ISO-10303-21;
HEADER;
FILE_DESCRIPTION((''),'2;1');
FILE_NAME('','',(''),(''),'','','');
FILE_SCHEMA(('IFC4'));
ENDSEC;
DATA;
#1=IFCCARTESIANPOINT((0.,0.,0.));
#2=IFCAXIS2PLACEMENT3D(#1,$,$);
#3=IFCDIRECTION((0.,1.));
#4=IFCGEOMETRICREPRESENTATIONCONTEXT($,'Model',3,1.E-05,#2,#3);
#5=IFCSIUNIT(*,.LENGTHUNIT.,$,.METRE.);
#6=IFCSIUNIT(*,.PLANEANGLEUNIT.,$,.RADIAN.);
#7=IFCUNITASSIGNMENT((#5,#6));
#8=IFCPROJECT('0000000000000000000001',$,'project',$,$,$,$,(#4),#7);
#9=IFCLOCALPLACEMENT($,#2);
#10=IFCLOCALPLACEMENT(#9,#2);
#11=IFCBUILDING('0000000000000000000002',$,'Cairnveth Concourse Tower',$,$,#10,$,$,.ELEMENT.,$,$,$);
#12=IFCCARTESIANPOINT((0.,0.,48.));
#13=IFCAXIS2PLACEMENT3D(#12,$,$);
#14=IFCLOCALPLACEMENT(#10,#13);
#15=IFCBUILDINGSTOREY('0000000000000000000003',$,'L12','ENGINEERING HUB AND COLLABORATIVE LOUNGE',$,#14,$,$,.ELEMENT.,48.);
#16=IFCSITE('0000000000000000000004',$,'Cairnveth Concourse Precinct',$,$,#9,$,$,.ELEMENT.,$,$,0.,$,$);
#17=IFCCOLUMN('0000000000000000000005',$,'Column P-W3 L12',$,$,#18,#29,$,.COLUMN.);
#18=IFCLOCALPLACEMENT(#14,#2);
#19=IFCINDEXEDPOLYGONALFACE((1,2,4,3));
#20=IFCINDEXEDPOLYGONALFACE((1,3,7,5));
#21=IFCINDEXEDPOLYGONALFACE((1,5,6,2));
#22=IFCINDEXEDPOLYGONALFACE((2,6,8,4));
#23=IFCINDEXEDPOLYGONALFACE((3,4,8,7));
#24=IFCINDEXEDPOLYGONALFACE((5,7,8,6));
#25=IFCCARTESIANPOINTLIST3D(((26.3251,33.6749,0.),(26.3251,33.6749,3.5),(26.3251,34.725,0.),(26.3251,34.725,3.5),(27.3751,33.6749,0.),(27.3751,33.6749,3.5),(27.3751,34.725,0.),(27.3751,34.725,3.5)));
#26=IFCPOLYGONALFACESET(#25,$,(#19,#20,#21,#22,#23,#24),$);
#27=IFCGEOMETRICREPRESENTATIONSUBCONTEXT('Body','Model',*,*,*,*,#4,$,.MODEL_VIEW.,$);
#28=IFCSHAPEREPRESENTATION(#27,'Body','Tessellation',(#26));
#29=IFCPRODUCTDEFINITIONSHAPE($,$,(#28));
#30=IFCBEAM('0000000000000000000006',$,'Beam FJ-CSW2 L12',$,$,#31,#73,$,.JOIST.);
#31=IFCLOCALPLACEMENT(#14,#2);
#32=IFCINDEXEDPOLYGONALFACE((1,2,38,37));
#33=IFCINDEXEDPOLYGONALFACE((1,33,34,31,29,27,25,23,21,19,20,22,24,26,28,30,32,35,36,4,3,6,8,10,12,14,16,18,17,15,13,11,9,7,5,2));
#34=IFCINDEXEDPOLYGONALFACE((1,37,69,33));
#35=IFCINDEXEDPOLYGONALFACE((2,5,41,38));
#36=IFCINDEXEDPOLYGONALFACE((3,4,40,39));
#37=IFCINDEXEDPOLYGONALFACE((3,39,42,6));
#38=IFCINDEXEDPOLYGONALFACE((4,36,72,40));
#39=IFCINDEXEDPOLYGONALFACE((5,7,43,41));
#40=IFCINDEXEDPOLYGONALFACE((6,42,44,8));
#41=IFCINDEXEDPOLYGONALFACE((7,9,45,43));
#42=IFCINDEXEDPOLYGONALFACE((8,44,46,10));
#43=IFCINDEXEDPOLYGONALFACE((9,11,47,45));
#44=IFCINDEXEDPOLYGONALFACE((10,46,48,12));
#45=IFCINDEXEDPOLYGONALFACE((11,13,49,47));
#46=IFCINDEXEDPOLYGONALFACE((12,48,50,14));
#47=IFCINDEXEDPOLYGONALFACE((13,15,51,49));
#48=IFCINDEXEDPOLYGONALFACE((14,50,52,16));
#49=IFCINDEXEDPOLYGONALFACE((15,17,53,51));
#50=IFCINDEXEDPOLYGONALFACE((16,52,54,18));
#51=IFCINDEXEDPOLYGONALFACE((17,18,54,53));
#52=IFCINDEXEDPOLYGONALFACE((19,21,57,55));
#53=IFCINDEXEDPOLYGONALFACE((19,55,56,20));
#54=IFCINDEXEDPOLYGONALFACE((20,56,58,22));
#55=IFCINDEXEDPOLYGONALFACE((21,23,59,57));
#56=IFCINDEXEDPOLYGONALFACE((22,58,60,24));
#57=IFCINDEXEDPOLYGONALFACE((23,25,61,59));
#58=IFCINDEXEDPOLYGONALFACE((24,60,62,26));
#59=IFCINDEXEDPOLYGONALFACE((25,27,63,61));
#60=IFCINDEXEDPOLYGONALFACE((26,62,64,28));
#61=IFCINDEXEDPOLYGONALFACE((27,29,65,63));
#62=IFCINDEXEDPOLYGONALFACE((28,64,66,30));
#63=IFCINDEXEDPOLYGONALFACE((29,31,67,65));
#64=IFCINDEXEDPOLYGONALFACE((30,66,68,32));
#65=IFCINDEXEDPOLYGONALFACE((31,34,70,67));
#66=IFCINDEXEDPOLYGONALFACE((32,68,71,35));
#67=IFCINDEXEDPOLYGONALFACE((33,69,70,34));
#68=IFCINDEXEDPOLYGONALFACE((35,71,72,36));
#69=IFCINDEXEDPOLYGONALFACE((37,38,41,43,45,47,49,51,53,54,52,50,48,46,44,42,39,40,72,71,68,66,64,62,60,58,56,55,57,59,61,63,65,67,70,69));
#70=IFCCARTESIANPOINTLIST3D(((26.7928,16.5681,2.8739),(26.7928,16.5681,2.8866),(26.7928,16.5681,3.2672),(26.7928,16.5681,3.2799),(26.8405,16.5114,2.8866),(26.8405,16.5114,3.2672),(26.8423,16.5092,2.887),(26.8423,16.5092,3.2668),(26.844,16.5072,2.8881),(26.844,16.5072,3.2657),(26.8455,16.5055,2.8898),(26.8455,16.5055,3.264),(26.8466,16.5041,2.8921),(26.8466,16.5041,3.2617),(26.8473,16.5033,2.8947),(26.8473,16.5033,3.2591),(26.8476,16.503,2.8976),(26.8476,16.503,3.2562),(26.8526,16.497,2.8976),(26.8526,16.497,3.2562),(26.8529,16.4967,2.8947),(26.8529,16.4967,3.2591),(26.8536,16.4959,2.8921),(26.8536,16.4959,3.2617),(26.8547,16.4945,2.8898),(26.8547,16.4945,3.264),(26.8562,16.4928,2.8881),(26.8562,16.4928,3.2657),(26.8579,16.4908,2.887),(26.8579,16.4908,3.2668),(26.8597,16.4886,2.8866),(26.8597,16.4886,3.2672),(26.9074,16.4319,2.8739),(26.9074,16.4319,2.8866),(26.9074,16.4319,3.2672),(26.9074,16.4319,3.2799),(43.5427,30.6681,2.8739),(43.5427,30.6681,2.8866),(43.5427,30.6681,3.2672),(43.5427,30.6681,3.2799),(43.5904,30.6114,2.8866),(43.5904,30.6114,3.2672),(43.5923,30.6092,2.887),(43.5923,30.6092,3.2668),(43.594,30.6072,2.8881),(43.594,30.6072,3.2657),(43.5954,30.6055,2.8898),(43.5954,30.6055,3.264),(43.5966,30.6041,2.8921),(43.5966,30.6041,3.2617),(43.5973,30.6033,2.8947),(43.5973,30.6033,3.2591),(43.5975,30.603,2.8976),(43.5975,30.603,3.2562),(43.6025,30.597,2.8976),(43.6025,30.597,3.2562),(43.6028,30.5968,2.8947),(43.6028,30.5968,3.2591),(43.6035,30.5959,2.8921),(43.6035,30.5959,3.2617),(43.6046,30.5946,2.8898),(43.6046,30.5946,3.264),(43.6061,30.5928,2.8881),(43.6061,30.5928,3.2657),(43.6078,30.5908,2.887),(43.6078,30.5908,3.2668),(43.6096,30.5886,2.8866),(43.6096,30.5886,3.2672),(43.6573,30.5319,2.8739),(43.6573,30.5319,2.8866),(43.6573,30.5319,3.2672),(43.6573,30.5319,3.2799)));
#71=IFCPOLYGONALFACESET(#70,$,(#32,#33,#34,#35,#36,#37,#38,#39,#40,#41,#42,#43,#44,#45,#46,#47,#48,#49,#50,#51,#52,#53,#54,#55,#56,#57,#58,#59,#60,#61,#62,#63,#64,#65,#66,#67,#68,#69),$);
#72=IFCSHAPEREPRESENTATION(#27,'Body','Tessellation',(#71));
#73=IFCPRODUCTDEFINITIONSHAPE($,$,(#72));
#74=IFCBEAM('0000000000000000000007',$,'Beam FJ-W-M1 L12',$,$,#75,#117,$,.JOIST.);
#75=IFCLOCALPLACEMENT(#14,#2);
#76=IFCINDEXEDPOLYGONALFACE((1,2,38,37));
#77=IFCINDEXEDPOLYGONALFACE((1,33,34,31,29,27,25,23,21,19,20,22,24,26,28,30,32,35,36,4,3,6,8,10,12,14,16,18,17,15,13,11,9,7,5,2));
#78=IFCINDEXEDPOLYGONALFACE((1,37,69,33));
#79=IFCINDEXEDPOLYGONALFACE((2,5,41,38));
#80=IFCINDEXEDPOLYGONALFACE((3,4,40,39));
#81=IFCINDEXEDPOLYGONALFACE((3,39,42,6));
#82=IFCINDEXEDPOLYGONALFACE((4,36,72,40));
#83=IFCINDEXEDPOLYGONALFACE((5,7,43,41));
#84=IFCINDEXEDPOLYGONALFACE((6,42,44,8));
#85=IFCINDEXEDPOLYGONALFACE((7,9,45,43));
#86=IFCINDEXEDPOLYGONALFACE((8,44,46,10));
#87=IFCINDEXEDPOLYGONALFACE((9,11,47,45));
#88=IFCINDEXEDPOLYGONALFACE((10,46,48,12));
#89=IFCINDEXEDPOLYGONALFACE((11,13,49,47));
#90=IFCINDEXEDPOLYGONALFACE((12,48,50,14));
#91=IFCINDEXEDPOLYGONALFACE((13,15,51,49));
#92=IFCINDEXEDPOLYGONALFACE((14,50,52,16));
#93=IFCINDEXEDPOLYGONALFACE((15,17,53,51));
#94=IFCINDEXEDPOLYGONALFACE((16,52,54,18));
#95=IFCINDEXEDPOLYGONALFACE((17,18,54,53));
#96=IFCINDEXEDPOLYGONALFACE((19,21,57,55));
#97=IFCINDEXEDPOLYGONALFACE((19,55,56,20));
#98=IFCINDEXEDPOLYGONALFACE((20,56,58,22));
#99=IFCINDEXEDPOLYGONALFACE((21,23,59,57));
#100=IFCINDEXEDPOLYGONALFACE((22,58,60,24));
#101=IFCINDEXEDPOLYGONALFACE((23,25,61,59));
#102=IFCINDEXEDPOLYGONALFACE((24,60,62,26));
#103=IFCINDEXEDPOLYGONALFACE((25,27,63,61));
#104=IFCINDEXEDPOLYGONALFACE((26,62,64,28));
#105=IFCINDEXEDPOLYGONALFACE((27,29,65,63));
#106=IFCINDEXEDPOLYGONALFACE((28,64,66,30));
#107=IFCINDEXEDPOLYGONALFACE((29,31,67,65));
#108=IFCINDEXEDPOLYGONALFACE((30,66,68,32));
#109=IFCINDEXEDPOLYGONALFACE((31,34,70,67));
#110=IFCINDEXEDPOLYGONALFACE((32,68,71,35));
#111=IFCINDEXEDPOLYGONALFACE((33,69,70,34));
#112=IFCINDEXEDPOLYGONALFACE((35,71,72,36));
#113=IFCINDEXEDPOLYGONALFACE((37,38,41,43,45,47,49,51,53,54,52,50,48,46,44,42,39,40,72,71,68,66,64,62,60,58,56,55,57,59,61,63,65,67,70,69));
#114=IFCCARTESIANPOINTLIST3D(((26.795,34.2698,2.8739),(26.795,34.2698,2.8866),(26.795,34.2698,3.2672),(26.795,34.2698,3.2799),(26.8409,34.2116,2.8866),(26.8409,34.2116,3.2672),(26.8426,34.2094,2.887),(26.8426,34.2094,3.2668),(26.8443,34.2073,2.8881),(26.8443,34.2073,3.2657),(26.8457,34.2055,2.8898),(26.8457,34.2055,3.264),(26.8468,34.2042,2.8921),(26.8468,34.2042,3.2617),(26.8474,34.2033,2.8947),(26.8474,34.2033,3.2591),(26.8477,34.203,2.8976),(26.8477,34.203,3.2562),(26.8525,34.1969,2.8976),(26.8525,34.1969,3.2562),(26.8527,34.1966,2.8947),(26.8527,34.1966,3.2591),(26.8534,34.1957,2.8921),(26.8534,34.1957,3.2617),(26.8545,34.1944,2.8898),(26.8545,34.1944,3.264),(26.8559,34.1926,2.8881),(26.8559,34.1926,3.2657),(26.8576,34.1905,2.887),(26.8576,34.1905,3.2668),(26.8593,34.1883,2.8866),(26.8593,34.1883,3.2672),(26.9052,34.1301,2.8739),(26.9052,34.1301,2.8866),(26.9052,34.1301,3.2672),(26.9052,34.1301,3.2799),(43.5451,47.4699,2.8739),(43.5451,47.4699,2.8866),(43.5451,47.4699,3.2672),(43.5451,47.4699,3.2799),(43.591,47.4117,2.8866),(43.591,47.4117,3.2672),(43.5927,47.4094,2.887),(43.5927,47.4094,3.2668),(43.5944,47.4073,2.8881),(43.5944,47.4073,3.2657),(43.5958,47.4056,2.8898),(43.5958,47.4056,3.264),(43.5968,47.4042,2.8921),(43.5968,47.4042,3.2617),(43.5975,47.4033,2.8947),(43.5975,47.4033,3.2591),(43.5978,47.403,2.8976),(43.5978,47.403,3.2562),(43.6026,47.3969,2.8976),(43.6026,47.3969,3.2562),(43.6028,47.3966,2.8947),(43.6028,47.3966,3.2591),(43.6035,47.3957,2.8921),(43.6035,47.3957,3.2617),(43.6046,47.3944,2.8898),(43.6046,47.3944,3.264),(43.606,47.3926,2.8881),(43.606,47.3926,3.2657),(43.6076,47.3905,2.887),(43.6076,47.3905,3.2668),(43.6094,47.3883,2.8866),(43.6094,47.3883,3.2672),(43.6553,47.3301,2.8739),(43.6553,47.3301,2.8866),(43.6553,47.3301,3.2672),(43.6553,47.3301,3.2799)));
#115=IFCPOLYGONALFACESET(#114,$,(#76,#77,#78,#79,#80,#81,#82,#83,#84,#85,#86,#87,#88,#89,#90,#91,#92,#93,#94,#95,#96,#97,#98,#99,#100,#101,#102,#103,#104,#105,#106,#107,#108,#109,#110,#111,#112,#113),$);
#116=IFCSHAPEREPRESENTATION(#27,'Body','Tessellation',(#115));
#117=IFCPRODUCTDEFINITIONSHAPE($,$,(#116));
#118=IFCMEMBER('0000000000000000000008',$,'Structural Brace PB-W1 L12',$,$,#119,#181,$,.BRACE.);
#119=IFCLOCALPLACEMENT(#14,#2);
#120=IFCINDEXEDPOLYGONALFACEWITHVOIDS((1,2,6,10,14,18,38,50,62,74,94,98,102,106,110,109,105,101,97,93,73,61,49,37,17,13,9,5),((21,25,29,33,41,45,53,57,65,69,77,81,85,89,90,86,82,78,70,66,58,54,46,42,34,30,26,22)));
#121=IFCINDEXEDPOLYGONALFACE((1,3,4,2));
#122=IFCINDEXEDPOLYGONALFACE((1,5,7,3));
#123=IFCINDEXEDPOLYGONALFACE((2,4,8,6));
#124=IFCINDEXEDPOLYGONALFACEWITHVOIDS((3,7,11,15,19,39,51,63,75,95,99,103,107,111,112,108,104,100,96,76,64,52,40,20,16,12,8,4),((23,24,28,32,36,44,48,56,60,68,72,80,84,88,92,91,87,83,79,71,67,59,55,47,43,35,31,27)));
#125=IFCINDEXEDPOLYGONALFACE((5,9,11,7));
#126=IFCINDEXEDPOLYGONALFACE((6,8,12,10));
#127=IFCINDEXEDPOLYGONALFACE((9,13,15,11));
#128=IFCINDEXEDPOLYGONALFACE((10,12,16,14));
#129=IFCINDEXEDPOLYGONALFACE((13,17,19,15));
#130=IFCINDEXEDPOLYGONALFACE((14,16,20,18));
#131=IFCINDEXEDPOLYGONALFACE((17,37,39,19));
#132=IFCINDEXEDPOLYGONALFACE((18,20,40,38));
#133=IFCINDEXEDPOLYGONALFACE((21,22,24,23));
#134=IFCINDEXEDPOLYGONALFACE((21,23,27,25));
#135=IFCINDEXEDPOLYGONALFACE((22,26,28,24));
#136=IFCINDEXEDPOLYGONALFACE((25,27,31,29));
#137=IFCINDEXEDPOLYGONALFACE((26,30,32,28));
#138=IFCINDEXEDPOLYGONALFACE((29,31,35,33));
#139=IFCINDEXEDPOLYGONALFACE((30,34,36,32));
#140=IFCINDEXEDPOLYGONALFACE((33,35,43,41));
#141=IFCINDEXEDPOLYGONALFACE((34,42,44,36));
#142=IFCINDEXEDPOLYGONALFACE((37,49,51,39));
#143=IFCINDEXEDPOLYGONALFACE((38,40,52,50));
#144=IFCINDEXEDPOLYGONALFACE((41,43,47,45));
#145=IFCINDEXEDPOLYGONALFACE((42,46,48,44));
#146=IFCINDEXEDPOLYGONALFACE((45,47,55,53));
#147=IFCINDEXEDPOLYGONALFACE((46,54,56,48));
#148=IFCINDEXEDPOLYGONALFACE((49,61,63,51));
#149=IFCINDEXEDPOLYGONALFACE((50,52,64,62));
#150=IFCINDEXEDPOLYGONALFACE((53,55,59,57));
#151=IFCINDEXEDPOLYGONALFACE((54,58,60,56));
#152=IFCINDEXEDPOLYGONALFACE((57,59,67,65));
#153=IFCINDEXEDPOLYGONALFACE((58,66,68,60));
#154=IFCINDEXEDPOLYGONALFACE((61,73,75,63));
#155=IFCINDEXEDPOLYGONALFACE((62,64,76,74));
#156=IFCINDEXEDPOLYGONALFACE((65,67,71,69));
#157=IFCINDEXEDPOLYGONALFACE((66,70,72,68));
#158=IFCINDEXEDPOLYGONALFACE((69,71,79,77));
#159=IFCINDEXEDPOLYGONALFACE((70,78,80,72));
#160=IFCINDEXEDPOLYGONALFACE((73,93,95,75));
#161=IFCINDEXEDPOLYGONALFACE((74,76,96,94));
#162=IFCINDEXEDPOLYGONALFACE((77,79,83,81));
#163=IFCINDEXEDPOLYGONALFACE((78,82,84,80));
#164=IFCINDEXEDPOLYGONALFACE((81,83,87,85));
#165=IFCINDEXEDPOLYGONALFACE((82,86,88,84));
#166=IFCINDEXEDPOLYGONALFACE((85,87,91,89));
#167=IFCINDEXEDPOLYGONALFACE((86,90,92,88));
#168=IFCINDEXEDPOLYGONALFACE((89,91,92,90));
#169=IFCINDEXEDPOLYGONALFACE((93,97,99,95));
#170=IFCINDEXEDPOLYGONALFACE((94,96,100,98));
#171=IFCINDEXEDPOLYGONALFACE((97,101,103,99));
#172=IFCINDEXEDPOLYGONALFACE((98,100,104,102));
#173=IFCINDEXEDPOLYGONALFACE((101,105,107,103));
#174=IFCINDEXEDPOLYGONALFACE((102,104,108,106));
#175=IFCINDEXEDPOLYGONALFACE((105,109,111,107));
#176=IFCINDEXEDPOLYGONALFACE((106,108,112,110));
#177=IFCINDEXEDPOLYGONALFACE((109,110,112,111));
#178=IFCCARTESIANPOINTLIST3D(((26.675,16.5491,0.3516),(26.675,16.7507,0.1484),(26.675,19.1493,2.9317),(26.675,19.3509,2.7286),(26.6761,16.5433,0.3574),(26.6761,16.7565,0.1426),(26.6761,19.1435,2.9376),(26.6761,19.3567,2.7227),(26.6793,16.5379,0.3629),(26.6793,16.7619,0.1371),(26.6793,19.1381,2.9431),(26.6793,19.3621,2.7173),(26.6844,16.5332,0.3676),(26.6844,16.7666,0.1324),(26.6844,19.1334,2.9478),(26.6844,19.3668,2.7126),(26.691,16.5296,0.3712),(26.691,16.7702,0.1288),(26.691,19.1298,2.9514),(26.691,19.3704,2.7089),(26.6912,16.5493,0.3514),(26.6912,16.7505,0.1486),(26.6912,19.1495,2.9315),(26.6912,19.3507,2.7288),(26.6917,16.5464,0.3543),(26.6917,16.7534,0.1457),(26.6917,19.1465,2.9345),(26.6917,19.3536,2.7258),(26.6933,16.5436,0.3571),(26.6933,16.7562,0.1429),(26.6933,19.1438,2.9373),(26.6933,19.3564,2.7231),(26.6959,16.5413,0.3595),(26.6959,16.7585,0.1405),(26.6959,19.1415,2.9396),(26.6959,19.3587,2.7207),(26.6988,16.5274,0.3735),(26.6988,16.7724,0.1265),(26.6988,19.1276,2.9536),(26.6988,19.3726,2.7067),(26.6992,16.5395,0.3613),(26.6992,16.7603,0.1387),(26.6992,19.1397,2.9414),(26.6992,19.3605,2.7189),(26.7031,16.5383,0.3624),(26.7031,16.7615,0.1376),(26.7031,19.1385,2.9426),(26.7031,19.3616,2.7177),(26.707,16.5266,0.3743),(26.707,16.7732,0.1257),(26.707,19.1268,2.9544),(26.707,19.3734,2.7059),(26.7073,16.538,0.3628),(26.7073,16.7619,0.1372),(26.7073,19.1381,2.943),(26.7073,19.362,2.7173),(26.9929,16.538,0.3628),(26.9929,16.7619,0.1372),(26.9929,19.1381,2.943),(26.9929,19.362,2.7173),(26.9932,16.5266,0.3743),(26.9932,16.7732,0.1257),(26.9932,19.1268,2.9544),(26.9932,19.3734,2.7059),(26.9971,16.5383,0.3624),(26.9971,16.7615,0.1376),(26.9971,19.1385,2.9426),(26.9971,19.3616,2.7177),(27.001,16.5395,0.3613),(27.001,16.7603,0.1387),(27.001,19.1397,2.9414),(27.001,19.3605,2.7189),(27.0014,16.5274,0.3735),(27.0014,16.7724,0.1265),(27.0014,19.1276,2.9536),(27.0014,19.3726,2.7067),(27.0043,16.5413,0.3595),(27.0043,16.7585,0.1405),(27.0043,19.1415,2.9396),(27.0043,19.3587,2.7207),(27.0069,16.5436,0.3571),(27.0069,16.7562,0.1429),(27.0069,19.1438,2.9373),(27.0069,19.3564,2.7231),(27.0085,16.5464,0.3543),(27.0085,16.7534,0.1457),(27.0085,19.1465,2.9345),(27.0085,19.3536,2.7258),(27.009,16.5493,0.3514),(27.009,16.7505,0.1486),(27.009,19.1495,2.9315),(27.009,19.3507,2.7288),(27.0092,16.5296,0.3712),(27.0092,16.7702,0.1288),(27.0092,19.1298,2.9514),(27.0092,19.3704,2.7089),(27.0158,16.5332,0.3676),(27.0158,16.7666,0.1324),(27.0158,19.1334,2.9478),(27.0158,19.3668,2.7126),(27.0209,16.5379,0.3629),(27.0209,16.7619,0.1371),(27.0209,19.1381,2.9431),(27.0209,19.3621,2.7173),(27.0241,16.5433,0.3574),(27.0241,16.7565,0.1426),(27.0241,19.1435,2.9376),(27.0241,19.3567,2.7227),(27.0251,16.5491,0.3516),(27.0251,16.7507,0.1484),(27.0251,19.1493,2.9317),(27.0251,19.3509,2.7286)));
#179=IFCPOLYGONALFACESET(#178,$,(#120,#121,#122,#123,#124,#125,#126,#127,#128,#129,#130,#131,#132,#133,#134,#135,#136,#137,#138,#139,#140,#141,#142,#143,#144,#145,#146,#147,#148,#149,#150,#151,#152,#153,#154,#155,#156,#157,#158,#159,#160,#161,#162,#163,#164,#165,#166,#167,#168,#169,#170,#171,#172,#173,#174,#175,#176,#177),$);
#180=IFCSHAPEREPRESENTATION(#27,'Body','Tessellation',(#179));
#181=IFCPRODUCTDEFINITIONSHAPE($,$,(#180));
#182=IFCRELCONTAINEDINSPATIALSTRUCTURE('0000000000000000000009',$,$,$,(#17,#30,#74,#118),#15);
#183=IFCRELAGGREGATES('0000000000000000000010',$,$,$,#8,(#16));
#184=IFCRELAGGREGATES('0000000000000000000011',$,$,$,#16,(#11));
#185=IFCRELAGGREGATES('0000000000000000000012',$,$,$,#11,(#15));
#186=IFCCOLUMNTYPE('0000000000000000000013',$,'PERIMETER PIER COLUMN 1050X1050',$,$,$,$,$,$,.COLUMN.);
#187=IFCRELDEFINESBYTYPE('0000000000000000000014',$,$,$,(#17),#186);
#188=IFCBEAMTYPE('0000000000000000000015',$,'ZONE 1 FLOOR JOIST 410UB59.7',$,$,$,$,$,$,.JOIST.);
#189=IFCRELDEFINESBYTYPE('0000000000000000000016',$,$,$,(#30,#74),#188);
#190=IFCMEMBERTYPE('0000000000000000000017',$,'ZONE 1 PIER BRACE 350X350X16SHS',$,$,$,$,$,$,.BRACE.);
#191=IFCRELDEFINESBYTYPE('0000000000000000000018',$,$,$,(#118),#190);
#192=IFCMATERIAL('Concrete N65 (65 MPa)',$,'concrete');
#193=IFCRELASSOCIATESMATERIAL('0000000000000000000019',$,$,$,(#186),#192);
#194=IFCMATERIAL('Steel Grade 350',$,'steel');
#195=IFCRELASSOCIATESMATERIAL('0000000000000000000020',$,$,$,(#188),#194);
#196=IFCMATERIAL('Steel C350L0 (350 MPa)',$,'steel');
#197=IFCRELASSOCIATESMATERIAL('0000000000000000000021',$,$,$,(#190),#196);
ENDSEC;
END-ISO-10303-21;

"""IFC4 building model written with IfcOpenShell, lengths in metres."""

from ifc_helpers import new_model, si_unit, direction, frame, origin, origin_2d, place, context, subcontext, project, spatial, rectangle, hollow_rectangle, i_section, extrude, material, material_profile, profile_set, type_object, element, save


model = new_model("IFC4")

# Units and contexts
model_context = context("Model", 3, precision=1e-05, world=origin(), true_north=direction((0.0, 1.0)))
body_context = subcontext(model_context, "Body", "Model", "MODEL_VIEW")
ifc_project = project(units=[si_unit("LENGTHUNIT", "METRE"), si_unit("PLANEANGLEUNIT", "RADIAN")], contexts=[model_context])

# Site, building, storey
site_placement = place(None, origin())
site = spatial("IfcSite", under=ifc_project, at=site_placement, Name="Cairnveth Concourse Precinct", CompositionType="ELEMENT", RefElevation=0.0)
building_placement = place(site_placement, origin())
building = spatial("IfcBuilding", under=site, at=building_placement, Name="Cairnveth Concourse Tower", CompositionType="ELEMENT")
storey_placement = place(building_placement, frame((0.0, 0.0, 48.0)))
storey = spatial("IfcBuildingStorey", under=building, at=storey_placement, Name="L12", Description="ENGINEERING HUB AND COLLABORATIVE LOUNGE", CompositionType="ELEMENT", Elevation=48.0)

# Column
ifc_material_1 = material(Name="Concrete N65 (65 MPa)", Category="concrete")
ifc_material_profile_1 = material_profile(ifc_material_1, rectangle(XDim=1.05, YDim=1.05, at=origin_2d()), Name="RC-COL-1050x1050")
ifc_profile_set_1 = profile_set([ifc_material_profile_1], Name="Concrete N65 (65 MPa)")
column_type = type_object("IfcColumnType", Name="PERIMETER PIER COLUMN 1050X1050", PredefinedType="COLUMN", material=ifc_profile_set_1)
column_placement = place(storey_placement, frame((26.8501, 34.2, 0.0), z_axis=(0.0, 0.0, 1.0), x_axis=(0.0, 1.0, 0.0)))
element("IfcColumn", 1, at=column_placement, inside=storey, type_object=column_type, Name="Column P-W3 L12", PredefinedType="COLUMN", context=body_context, shape_type="SweptSolid", body=[
    extrude(rectangle(XDim=1.05, YDim=1.05, at=origin_2d()), origin(), (0.0, 0.0, 1.0), 3.5),
])

# Beams
ifc_material_2 = material(Name="Steel Grade 350", Category="steel")
ifc_material_profile_2 = material_profile(ifc_material_2, i_section(OverallWidth=0.178, OverallDepth=0.406, WebThickness=0.0078, FlangeThickness=0.0127, FilletRadius=0.011, at=origin_2d()), Name="410UB59.7")
ifc_profile_set_2 = profile_set([ifc_material_profile_2], Name="Steel Grade 350")
beam_type_1 = type_object("IfcBeamType", Name="ZONE 1 FLOOR JOIST 410UB59.7", PredefinedType="JOIST", material=ifc_profile_set_2)
beam_1_placement = place(storey_placement, frame((26.8501, 16.5, 3.0769), z_axis=(0.765027, 0.643998, 0.0), x_axis=(-0.643998, 0.765027, 0.0)))
element("IfcBeam", 2, at=beam_1_placement, inside=storey, type_object=beam_type_1, Name="Beam FJ-CSW2 L12", PredefinedType="JOIST", context=body_context, shape_type="SweptSolid", body=[
    extrude(i_section(OverallWidth=0.178, OverallDepth=0.406, WebThickness=0.0078, FlangeThickness=0.0127, FilletRadius=0.011, at=origin_2d()), origin(), (0.0, 0.0, 1.0), 21.8945),
])
beam_2_placement = place(storey_placement, frame((26.8501, 34.2, 3.0769), z_axis=(0.785424, 0.618958, 0.0), x_axis=(-0.618958, 0.785424, 0.0)))
element("IfcBeam", 3, at=beam_2_placement, inside=storey, type_object=beam_type_1, Name="Beam FJ-W-M1 L12", PredefinedType="JOIST", context=body_context, shape_type="SweptSolid", body=[
    extrude(i_section(OverallWidth=0.178, OverallDepth=0.406, WebThickness=0.0078, FlangeThickness=0.0127, FilletRadius=0.011, at=origin_2d()), origin(), (0.0, 0.0, 1.0), 21.3262),
])

# Member
ifc_material_3 = material(Name="Steel C350L0 (350 MPa)", Category="steel")
ifc_material_profile_3 = material_profile(ifc_material_3, hollow_rectangle(XDim=0.3501, YDim=0.3501, WallThickness=0.0161, InnerFilletRadius=0.0161, OuterFilletRadius=0.032, at=origin_2d()), Name="350x350x16.0SHS")
ifc_profile_set_3 = profile_set([ifc_material_profile_3], Name="Steel C350L0 (350 MPa)")
member_type = type_object("IfcMemberType", Name="ZONE 1 PIER BRACE 350X350X16SHS", PredefinedType="BRACE", material=ifc_profile_set_3)
member_placement = place(storey_placement, frame((26.8501, 16.6499, 0.25), z_axis=(0.0, 0.709834, 0.704369), x_axis=(-1.0, 0.0, 0.0)))
element("IfcMember", 4, at=member_placement, inside=storey, type_object=member_type, Name="Structural Brace PB-W1 L12", PredefinedType="BRACE", context=body_context, shape_type="SweptSolid", body=[
    extrude(hollow_rectangle(XDim=0.3501, YDim=0.3501, WallThickness=0.0161, InnerFilletRadius=0.0161, OuterFilletRadius=0.032, at=origin_2d()), origin(), (0.0, 0.0, 1.0), 3.6631),
])

save(model, "model.ifc")
